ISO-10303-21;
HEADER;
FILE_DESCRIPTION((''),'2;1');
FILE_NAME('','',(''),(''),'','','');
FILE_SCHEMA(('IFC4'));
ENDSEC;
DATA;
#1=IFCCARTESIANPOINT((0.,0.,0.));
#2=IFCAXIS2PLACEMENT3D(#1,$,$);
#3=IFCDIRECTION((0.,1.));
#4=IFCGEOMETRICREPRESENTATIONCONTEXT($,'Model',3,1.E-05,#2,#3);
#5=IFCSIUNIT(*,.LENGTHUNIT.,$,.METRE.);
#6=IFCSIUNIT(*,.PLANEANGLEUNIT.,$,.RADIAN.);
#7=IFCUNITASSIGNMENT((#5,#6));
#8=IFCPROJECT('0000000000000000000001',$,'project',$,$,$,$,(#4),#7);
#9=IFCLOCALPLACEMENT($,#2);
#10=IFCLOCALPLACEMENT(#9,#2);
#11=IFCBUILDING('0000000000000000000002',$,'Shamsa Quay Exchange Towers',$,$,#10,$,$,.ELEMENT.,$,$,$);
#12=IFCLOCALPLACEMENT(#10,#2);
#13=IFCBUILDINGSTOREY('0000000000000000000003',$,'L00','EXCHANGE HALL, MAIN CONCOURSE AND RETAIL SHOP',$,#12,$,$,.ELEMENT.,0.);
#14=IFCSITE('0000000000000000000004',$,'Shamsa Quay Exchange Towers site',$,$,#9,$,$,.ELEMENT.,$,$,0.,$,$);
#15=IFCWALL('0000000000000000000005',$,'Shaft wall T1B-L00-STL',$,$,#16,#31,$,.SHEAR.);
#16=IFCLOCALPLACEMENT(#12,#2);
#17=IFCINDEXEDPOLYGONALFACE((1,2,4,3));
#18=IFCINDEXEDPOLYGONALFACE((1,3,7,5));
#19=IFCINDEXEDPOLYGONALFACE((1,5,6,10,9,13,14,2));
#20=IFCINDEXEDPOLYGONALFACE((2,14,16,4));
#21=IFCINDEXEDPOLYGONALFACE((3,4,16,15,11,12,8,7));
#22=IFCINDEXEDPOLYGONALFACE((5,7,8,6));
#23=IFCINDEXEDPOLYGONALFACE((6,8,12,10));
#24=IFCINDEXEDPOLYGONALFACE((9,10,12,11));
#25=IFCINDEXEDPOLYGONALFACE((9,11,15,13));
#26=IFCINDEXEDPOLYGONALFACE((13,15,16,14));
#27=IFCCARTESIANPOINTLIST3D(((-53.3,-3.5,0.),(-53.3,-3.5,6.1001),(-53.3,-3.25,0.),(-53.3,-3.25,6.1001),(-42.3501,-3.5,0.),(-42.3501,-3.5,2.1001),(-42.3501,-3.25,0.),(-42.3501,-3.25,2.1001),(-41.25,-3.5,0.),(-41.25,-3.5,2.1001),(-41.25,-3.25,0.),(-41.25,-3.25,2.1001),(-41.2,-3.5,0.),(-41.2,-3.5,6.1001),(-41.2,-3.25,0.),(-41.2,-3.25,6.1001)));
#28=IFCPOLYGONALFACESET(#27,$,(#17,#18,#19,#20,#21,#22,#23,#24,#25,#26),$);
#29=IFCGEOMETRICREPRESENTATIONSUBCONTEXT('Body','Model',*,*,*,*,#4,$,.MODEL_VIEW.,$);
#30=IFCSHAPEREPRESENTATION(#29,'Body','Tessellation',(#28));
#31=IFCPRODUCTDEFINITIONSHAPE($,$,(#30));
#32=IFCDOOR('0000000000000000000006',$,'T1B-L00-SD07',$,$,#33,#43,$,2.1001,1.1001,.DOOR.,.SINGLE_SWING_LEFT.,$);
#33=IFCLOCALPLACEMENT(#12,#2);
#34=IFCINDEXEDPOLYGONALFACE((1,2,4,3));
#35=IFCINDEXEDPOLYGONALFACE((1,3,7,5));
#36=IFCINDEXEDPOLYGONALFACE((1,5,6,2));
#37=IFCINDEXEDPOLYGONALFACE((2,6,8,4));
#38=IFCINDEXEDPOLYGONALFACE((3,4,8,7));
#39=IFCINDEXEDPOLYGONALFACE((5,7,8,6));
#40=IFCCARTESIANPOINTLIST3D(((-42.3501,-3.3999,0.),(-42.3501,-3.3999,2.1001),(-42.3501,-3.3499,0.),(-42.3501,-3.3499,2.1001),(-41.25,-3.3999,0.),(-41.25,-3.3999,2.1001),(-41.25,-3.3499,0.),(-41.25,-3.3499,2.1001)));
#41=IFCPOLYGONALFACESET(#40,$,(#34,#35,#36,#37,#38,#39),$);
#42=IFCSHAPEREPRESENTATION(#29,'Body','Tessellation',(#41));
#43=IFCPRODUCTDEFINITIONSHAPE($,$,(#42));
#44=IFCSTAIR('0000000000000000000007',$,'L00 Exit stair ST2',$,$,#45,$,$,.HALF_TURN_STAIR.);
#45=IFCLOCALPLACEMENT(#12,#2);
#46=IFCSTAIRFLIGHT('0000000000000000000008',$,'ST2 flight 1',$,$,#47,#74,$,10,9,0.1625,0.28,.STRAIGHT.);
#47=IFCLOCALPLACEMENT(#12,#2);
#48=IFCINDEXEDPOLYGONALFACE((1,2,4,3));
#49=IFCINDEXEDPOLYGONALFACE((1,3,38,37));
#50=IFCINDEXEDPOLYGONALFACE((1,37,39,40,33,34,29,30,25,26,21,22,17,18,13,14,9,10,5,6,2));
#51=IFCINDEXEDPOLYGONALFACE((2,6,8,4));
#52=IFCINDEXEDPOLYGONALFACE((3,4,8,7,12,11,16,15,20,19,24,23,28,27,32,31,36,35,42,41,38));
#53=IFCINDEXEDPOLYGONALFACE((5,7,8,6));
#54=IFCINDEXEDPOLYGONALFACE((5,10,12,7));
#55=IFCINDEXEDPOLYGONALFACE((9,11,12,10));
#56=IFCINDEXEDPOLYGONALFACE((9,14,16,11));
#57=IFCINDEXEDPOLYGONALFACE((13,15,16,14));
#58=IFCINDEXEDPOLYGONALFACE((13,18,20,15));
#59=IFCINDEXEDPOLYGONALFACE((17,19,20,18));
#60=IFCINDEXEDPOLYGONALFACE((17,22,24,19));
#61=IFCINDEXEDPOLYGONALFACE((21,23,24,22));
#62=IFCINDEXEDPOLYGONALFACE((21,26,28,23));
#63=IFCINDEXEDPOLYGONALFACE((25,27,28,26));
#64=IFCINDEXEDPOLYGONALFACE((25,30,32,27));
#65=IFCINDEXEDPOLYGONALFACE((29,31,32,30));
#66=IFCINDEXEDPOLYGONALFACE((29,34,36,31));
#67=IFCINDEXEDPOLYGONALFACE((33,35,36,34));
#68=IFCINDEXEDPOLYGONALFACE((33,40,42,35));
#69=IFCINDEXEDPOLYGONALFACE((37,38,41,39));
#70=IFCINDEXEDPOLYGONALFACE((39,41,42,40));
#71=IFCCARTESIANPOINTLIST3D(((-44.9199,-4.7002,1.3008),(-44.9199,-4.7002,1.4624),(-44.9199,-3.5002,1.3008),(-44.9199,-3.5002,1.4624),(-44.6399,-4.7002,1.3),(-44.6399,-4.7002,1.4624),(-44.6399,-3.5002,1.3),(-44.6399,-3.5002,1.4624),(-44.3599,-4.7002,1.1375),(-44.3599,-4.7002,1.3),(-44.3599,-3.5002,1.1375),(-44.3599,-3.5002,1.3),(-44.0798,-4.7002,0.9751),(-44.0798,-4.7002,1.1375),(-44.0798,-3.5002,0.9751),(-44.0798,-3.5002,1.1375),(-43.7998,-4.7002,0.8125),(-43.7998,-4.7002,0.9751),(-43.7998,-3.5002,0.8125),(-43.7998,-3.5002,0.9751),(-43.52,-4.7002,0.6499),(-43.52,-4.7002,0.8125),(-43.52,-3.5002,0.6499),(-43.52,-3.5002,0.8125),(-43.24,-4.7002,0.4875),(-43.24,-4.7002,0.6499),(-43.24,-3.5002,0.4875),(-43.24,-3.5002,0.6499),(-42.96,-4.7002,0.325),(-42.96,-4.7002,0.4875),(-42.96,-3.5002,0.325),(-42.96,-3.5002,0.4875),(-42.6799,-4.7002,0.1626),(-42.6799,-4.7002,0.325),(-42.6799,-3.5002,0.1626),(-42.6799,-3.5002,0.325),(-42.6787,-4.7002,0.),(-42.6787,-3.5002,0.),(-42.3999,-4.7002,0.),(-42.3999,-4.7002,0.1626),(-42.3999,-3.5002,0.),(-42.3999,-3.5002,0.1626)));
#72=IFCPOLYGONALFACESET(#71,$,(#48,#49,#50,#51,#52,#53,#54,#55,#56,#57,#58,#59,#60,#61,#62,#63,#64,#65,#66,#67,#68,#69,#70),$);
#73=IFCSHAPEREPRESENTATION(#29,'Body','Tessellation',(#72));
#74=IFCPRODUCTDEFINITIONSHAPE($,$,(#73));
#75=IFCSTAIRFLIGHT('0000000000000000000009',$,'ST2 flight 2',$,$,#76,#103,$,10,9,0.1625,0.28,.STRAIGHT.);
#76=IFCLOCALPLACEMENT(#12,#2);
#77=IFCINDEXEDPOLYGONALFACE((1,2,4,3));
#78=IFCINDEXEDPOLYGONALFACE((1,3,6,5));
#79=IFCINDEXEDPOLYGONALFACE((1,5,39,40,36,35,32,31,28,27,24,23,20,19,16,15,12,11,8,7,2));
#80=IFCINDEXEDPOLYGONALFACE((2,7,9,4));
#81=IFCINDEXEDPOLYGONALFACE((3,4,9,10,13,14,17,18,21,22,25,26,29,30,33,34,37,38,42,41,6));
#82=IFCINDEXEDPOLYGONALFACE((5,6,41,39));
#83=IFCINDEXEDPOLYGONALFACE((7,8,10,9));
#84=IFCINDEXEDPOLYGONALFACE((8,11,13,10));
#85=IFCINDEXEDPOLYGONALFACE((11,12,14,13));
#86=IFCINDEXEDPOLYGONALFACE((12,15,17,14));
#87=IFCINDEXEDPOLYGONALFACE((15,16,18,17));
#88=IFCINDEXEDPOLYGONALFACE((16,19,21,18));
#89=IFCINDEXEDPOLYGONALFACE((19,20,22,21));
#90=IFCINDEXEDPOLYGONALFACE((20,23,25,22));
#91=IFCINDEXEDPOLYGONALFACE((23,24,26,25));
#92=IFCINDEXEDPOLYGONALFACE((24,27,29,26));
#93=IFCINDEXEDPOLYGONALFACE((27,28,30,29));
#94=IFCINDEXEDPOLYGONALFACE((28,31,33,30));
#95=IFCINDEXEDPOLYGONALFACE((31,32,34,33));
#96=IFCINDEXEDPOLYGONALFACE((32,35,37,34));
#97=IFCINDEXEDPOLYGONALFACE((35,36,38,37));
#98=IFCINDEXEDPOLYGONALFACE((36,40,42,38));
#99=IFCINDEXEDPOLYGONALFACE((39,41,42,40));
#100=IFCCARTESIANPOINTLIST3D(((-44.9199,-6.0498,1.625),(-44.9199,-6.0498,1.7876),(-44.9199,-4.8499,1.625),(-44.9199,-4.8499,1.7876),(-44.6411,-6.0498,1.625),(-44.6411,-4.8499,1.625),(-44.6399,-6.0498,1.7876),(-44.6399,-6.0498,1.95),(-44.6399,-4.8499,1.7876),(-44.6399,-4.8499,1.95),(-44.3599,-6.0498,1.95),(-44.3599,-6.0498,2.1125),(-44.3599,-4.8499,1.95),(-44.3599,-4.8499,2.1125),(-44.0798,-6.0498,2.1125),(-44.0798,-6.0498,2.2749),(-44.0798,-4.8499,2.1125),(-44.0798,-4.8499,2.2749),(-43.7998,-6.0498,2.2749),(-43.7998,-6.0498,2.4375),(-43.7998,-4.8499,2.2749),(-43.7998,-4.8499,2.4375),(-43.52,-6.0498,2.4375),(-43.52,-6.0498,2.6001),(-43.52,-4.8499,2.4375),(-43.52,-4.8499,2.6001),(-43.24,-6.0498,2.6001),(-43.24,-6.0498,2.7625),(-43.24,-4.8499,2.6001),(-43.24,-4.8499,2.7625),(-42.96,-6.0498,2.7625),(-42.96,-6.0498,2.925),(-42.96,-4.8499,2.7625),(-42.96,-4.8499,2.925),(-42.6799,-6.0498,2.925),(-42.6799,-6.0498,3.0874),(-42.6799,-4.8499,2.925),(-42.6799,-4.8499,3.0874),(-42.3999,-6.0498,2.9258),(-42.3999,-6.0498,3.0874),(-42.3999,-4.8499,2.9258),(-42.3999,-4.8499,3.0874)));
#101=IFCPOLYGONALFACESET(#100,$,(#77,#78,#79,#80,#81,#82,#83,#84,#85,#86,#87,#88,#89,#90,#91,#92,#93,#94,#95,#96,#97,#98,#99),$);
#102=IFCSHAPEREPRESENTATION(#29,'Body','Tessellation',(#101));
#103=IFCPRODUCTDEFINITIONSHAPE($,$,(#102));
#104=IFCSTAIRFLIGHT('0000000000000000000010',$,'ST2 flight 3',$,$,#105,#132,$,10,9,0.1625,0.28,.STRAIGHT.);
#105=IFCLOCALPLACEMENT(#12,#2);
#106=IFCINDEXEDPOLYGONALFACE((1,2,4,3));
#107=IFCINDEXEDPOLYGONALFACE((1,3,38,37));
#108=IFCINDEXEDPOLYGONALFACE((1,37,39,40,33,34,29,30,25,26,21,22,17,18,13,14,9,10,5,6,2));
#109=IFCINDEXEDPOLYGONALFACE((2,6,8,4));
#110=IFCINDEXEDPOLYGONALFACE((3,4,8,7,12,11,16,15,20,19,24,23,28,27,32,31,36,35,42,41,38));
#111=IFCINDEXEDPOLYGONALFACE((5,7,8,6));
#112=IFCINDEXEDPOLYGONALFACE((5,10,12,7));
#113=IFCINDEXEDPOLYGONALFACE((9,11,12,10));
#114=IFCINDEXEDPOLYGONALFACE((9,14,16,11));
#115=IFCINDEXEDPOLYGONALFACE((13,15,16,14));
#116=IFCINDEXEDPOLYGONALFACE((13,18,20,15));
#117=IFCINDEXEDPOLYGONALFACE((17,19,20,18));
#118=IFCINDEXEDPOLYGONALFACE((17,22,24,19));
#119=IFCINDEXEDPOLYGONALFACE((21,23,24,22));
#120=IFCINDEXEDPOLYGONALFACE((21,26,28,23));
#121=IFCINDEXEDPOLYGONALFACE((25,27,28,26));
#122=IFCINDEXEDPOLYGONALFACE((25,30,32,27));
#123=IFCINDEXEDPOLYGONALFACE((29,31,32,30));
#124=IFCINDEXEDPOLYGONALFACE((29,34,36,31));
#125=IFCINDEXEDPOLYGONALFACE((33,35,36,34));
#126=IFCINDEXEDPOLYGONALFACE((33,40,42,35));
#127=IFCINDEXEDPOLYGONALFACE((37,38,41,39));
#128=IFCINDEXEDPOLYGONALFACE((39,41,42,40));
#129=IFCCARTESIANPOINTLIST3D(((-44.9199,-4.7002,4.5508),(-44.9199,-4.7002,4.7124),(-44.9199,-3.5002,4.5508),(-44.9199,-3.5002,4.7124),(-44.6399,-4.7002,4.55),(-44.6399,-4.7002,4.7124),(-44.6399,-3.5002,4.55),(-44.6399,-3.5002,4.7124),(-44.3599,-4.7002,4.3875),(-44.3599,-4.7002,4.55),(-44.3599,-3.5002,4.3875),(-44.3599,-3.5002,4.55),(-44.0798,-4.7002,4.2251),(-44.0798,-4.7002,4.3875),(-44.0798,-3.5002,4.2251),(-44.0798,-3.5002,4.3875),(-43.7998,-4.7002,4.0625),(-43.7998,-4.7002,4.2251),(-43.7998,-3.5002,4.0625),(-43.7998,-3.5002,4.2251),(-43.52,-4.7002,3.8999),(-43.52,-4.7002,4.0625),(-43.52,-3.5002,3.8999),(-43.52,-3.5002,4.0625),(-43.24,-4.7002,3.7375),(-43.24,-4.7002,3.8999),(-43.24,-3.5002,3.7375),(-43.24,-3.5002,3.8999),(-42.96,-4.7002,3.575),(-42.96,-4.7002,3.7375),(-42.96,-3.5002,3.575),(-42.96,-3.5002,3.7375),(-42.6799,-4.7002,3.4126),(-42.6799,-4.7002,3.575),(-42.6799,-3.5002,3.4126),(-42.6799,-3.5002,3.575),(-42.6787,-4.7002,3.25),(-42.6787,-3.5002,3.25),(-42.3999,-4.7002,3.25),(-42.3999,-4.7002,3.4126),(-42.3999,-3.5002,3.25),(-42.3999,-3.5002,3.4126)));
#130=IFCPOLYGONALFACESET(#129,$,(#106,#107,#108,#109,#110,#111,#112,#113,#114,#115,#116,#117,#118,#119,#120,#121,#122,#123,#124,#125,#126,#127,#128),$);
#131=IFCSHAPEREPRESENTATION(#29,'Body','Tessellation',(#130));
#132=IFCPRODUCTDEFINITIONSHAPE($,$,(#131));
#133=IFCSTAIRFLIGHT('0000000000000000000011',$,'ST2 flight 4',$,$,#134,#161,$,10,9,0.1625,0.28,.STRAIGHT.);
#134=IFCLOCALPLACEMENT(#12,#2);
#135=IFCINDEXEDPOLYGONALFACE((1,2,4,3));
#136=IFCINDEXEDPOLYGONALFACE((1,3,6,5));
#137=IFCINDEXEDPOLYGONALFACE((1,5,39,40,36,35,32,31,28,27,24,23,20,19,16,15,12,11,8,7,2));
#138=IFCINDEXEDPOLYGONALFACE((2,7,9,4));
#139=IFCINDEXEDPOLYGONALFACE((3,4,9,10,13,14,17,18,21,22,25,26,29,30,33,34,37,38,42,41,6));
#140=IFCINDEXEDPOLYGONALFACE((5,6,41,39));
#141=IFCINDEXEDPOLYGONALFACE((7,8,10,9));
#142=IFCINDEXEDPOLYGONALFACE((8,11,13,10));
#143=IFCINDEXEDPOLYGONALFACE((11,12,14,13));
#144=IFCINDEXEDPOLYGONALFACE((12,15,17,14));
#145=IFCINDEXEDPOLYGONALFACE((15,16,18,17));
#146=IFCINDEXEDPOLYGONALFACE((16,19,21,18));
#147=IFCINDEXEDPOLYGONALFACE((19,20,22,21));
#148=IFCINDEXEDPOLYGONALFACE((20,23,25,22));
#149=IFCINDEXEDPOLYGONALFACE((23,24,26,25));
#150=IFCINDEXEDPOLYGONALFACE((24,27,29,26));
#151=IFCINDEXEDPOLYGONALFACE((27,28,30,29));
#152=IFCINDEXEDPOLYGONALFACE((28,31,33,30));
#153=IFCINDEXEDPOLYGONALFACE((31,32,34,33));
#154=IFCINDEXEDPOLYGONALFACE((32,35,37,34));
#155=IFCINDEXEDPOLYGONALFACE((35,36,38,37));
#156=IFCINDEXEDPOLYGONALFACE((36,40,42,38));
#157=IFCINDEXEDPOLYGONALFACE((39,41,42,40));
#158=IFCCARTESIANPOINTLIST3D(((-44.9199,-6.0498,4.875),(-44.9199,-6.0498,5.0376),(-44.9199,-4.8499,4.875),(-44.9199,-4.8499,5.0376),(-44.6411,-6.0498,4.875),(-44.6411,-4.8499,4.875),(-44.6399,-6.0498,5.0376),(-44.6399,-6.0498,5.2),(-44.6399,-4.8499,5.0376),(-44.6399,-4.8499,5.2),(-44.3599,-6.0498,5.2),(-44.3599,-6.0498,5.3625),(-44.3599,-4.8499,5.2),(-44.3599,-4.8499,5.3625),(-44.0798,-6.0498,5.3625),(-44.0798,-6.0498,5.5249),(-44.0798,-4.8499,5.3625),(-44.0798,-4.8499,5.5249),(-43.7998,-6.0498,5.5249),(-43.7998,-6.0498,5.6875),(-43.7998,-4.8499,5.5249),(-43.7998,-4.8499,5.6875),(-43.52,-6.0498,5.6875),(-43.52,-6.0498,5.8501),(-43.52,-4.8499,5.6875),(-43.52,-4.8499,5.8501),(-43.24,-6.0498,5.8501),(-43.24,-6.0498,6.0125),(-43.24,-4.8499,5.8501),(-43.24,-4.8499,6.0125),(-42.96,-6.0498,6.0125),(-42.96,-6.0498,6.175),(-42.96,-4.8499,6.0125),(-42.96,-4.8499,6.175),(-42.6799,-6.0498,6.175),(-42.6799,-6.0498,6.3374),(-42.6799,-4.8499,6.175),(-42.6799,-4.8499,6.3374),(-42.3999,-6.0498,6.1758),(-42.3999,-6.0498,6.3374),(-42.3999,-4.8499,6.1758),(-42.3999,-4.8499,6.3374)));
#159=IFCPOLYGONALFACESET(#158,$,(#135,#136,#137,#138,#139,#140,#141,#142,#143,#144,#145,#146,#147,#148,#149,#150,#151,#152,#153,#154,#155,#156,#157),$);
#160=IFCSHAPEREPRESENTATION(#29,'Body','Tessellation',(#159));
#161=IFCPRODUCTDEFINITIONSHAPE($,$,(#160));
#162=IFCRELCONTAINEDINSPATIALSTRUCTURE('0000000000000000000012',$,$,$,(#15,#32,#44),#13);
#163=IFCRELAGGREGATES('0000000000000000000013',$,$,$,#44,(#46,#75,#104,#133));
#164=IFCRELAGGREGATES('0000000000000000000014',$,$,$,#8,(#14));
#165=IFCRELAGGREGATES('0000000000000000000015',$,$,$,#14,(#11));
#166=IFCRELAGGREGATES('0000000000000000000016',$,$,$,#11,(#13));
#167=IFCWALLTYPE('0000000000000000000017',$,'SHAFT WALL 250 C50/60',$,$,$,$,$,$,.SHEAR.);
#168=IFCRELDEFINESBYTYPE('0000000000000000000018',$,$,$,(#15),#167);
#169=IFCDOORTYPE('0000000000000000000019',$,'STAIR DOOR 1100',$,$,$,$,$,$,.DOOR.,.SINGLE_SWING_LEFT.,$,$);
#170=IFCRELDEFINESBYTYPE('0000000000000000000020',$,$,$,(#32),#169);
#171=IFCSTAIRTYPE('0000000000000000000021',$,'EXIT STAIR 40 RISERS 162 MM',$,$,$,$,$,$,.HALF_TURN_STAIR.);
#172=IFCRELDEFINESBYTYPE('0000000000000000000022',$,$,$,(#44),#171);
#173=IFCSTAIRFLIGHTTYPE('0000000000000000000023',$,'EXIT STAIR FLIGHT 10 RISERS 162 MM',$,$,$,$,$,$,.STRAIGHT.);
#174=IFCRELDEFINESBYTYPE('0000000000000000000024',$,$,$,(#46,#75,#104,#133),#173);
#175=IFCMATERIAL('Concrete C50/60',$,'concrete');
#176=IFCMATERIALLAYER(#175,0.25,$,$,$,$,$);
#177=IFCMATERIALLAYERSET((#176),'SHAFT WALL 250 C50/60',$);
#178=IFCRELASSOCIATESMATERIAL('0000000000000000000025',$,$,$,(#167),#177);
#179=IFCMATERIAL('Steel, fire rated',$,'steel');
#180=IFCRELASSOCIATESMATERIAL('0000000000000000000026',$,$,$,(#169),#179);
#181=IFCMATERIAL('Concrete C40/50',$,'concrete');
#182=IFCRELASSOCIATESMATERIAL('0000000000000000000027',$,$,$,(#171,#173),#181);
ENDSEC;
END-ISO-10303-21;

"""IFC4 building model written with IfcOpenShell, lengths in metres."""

from ifc_helpers import new_model, si_unit, direction, frame, frame_2d, origin, place, context, subcontext, project, spatial, polyline, rectangle, outline, extrude, material, layer, layer_set, type_object, element, fill, aggregate, save


model = new_model("IFC4")

# Units and contexts
model_context = context("Model", 3, precision=1e-05, world=origin(), true_north=direction((0.0, 1.0)))
body_context = subcontext(model_context, "Body", "Model", "MODEL_VIEW")
ifc_project = project(units=[si_unit("LENGTHUNIT", "METRE"), si_unit("PLANEANGLEUNIT", "RADIAN")], contexts=[model_context])

# Site, building, storey
site_placement = place(None, origin())
site = spatial("IfcSite", under=ifc_project, at=site_placement, Name="Shamsa Quay Exchange Towers site", CompositionType="ELEMENT", RefElevation=0.0)
building_placement = place(site_placement, origin())
building = spatial("IfcBuilding", under=site, at=building_placement, Name="Shamsa Quay Exchange Towers", CompositionType="ELEMENT")
storey_placement = place(building_placement, origin())
storey = spatial("IfcBuildingStorey", under=building, at=storey_placement, Name="L00", Description="EXCHANGE HALL, MAIN CONCOURSE AND RETAIL SHOP", CompositionType="ELEMENT", Elevation=0.0)

# Shared definitions
ifc_material_1 = material(Name="Steel, fire rated", Category="steel")

# Wall, opening, door
ifc_material_2 = material(Name="Concrete C50/60", Category="concrete")
ifc_layer_1 = layer(ifc_material_2, 0.25)
ifc_layer_set_1 = layer_set([ifc_layer_1], Name="SHAFT WALL 250 C50/60")
wall_type_1 = type_object("IfcWallType", Name="SHAFT WALL 250 C50/60", PredefinedType="SHEAR", material=ifc_layer_set_1)
wall_1_placement = place(storey_placement, frame((-41.2, -3.375, 0.0), z_axis=(0.0, 0.0, 1.0), x_axis=(-1.0, 0.0, 0.0)))
wall_1 = element("IfcWall", 1, at=wall_1_placement, inside=storey, type_object=wall_type_1, Name="Shaft wall T1B-L00-STL", PredefinedType="SHEAR", context=body_context, shape_type="SweptSolid", body=[
    extrude(rectangle(XDim=12.1001, YDim=0.25, at=frame_2d((6.05, 0.0))), origin(), (0.0, 0.0, 1.0), 6.1001),
])
opening_1_placement = place(wall_1_placement, frame((0.05, 0.0, 0.0)))
opening_1 = element("IfcOpeningElement", 2, at=opening_1_placement, cuts=wall_1, PredefinedType="OPENING", context=body_context, shape_type="SweptSolid", body=[
    extrude(rectangle(XDim=1.1001, YDim=2.1001, at=frame_2d((0.55, 1.05))), frame((0.0, 0.135, 0.0), z_axis=(0.0, -1.0, 0.0), x_axis=(1.0, 0.0, 0.0)), (0.0, 0.0, 1.0), 0.27),
])
door_type_1 = type_object("IfcDoorType", Name="STAIR DOOR 1100", OperationType="SINGLE_SWING_LEFT", PredefinedType="DOOR", material=ifc_material_1)
door_1_placement = place(opening_1_placement, origin())
door_1 = element("IfcDoor", 3, at=door_1_placement, inside=storey, type_object=door_type_1, Name="T1B-L00-SD07", OperationType="SINGLE_SWING_LEFT", OverallHeight=2.1001, OverallWidth=1.1001, PredefinedType="DOOR", context=body_context, shape_type="SweptSolid", body=[
    extrude(rectangle(XDim=1.1001, YDim=2.1001, at=frame_2d((0.55, 1.05))), frame((0.0, 0.0249, 0.0), z_axis=(0.0, -1.0, 0.0), x_axis=(1.0, 0.0, 0.0)), (0.0, 0.0, 1.0), 0.05),
])
fill(opening_1, door_1)

# Stair, stair flights
ifc_material_3 = material(Name="Concrete C40/50", Category="concrete")
stair_type = type_object("IfcStairType", Name="EXIT STAIR 40 RISERS 162 MM", PredefinedType="HALF_TURN_STAIR", material=ifc_material_3)
stair_placement = place(storey_placement, origin())
stair = element("IfcStair", 4, at=stair_placement, inside=storey, type_object=stair_type, Name="L00 Exit stair ST2", PredefinedType="HALF_TURN_STAIR")
stair_flight_type = type_object("IfcStairFlightType", Name="EXIT STAIR FLIGHT 10 RISERS 162 MM", PredefinedType="STRAIGHT", material=ifc_material_3)
stair_flight_1_placement = place(storey_placement, frame((-42.3999, -4.1001, 0.0), z_axis=(0.0, 0.0, 1.0), x_axis=(-1.0, 0.0, 0.0)))
stair_flight_1 = element("IfcStairFlight", 5, at=stair_flight_1_placement, type_object=stair_flight_type, Name="ST2 flight 1", NumberOfRisers=10, NumberOfTreads=9, PredefinedType="STRAIGHT", RiserHeight=0.1625, TreadLength=0.28, context=body_context, shape_type="SweptSolid", body=[
    extrude(outline(polyline([(0.0, 0.0), (0.0, 0.1626), (0.28, 0.1626), (0.28, 0.325), (0.5601, 0.325), (0.5601, 0.4875), (0.8401, 0.4875), (0.8401, 0.6499), (1.1201, 0.6499), (1.1201, 0.8125), (1.3999, 0.8125), (1.3999, 0.9751), (1.6799, 0.9751), (1.6799, 1.1375), (1.96, 1.1375), (1.96, 1.3), (2.24, 1.3), (2.24, 1.4624), (2.52, 1.4624), (2.52, 1.625), (2.52, 1.3008), (0.2788, 0.0), (0.0, 0.0)])), frame((0.0, 0.6001, 0.0), z_axis=(0.0, -1.0, 0.0), x_axis=(1.0, 0.0, 0.0)), (0.0, 0.0, 1.0), 1.2),
])
stair_flight_2_placement = place(storey_placement, frame((-44.9199, -5.45, 1.625)))
stair_flight_2 = element("IfcStairFlight", 6, at=stair_flight_2_placement, type_object=stair_flight_type, Name="ST2 flight 2", NumberOfRisers=10, NumberOfTreads=9, PredefinedType="STRAIGHT", RiserHeight=0.1625, TreadLength=0.28, context=body_context, shape_type="SweptSolid", body=[
    extrude(outline(polyline([(0.0, 0.0), (0.0, 0.1626), (0.28, 0.1626), (0.28, 0.325), (0.5601, 0.325), (0.5601, 0.4875), (0.8401, 0.4875), (0.8401, 0.6499), (1.1201, 0.6499), (1.1201, 0.8125), (1.3999, 0.8125), (1.3999, 0.9751), (1.6799, 0.9751), (1.6799, 1.1375), (1.96, 1.1375), (1.96, 1.3), (2.24, 1.3), (2.24, 1.4624), (2.52, 1.4624), (2.52, 1.625), (2.52, 1.3008), (0.2788, 0.0), (0.0, 0.0)])), frame((0.0, 0.6001, 0.0), z_axis=(0.0, -1.0, 0.0), x_axis=(1.0, 0.0, 0.0)), (0.0, 0.0, 1.0), 1.2),
])
stair_flight_3_placement = place(storey_placement, frame((-42.3999, -4.1001, 3.25), z_axis=(0.0, 0.0, 1.0), x_axis=(-1.0, 0.0, 0.0)))
stair_flight_3 = element("IfcStairFlight", 7, at=stair_flight_3_placement, type_object=stair_flight_type, Name="ST2 flight 3", NumberOfRisers=10, NumberOfTreads=9, PredefinedType="STRAIGHT", RiserHeight=0.1625, TreadLength=0.28, context=body_context, shape_type="SweptSolid", body=[
    extrude(outline(polyline([(0.0, 0.0), (0.0, 0.1626), (0.28, 0.1626), (0.28, 0.325), (0.5601, 0.325), (0.5601, 0.4875), (0.8401, 0.4875), (0.8401, 0.6499), (1.1201, 0.6499), (1.1201, 0.8125), (1.3999, 0.8125), (1.3999, 0.9751), (1.6799, 0.9751), (1.6799, 1.1375), (1.96, 1.1375), (1.96, 1.3), (2.24, 1.3), (2.24, 1.4624), (2.52, 1.4624), (2.52, 1.625), (2.52, 1.3008), (0.2788, 0.0), (0.0, 0.0)])), frame((0.0, 0.6001, 0.0), z_axis=(0.0, -1.0, 0.0), x_axis=(1.0, 0.0, 0.0)), (0.0, 0.0, 1.0), 1.2),
])
stair_flight_4_placement = place(storey_placement, frame((-44.9199, -5.45, 4.875)))
stair_flight_4 = element("IfcStairFlight", 8, at=stair_flight_4_placement, type_object=stair_flight_type, Name="ST2 flight 4", NumberOfRisers=10, NumberOfTreads=9, PredefinedType="STRAIGHT", RiserHeight=0.1625, TreadLength=0.28, context=body_context, shape_type="SweptSolid", body=[
    extrude(outline(polyline([(0.0, 0.0), (0.0, 0.1626), (0.28, 0.1626), (0.28, 0.325), (0.5601, 0.325), (0.5601, 0.4875), (0.8401, 0.4875), (0.8401, 0.6499), (1.1201, 0.6499), (1.1201, 0.8125), (1.3999, 0.8125), (1.3999, 0.9751), (1.6799, 0.9751), (1.6799, 1.1375), (1.96, 1.1375), (1.96, 1.3), (2.24, 1.3), (2.24, 1.4624), (2.52, 1.4624), (2.52, 1.625), (2.52, 1.3008), (0.2788, 0.0), (0.0, 0.0)])), frame((0.0, 0.6001, 0.0), z_axis=(0.0, -1.0, 0.0), x_axis=(1.0, 0.0, 0.0)), (0.0, 0.0, 1.0), 1.2),
])
aggregate(stair, [stair_flight_1, stair_flight_2, stair_flight_3, stair_flight_4])

save(model, "model.ifc")
